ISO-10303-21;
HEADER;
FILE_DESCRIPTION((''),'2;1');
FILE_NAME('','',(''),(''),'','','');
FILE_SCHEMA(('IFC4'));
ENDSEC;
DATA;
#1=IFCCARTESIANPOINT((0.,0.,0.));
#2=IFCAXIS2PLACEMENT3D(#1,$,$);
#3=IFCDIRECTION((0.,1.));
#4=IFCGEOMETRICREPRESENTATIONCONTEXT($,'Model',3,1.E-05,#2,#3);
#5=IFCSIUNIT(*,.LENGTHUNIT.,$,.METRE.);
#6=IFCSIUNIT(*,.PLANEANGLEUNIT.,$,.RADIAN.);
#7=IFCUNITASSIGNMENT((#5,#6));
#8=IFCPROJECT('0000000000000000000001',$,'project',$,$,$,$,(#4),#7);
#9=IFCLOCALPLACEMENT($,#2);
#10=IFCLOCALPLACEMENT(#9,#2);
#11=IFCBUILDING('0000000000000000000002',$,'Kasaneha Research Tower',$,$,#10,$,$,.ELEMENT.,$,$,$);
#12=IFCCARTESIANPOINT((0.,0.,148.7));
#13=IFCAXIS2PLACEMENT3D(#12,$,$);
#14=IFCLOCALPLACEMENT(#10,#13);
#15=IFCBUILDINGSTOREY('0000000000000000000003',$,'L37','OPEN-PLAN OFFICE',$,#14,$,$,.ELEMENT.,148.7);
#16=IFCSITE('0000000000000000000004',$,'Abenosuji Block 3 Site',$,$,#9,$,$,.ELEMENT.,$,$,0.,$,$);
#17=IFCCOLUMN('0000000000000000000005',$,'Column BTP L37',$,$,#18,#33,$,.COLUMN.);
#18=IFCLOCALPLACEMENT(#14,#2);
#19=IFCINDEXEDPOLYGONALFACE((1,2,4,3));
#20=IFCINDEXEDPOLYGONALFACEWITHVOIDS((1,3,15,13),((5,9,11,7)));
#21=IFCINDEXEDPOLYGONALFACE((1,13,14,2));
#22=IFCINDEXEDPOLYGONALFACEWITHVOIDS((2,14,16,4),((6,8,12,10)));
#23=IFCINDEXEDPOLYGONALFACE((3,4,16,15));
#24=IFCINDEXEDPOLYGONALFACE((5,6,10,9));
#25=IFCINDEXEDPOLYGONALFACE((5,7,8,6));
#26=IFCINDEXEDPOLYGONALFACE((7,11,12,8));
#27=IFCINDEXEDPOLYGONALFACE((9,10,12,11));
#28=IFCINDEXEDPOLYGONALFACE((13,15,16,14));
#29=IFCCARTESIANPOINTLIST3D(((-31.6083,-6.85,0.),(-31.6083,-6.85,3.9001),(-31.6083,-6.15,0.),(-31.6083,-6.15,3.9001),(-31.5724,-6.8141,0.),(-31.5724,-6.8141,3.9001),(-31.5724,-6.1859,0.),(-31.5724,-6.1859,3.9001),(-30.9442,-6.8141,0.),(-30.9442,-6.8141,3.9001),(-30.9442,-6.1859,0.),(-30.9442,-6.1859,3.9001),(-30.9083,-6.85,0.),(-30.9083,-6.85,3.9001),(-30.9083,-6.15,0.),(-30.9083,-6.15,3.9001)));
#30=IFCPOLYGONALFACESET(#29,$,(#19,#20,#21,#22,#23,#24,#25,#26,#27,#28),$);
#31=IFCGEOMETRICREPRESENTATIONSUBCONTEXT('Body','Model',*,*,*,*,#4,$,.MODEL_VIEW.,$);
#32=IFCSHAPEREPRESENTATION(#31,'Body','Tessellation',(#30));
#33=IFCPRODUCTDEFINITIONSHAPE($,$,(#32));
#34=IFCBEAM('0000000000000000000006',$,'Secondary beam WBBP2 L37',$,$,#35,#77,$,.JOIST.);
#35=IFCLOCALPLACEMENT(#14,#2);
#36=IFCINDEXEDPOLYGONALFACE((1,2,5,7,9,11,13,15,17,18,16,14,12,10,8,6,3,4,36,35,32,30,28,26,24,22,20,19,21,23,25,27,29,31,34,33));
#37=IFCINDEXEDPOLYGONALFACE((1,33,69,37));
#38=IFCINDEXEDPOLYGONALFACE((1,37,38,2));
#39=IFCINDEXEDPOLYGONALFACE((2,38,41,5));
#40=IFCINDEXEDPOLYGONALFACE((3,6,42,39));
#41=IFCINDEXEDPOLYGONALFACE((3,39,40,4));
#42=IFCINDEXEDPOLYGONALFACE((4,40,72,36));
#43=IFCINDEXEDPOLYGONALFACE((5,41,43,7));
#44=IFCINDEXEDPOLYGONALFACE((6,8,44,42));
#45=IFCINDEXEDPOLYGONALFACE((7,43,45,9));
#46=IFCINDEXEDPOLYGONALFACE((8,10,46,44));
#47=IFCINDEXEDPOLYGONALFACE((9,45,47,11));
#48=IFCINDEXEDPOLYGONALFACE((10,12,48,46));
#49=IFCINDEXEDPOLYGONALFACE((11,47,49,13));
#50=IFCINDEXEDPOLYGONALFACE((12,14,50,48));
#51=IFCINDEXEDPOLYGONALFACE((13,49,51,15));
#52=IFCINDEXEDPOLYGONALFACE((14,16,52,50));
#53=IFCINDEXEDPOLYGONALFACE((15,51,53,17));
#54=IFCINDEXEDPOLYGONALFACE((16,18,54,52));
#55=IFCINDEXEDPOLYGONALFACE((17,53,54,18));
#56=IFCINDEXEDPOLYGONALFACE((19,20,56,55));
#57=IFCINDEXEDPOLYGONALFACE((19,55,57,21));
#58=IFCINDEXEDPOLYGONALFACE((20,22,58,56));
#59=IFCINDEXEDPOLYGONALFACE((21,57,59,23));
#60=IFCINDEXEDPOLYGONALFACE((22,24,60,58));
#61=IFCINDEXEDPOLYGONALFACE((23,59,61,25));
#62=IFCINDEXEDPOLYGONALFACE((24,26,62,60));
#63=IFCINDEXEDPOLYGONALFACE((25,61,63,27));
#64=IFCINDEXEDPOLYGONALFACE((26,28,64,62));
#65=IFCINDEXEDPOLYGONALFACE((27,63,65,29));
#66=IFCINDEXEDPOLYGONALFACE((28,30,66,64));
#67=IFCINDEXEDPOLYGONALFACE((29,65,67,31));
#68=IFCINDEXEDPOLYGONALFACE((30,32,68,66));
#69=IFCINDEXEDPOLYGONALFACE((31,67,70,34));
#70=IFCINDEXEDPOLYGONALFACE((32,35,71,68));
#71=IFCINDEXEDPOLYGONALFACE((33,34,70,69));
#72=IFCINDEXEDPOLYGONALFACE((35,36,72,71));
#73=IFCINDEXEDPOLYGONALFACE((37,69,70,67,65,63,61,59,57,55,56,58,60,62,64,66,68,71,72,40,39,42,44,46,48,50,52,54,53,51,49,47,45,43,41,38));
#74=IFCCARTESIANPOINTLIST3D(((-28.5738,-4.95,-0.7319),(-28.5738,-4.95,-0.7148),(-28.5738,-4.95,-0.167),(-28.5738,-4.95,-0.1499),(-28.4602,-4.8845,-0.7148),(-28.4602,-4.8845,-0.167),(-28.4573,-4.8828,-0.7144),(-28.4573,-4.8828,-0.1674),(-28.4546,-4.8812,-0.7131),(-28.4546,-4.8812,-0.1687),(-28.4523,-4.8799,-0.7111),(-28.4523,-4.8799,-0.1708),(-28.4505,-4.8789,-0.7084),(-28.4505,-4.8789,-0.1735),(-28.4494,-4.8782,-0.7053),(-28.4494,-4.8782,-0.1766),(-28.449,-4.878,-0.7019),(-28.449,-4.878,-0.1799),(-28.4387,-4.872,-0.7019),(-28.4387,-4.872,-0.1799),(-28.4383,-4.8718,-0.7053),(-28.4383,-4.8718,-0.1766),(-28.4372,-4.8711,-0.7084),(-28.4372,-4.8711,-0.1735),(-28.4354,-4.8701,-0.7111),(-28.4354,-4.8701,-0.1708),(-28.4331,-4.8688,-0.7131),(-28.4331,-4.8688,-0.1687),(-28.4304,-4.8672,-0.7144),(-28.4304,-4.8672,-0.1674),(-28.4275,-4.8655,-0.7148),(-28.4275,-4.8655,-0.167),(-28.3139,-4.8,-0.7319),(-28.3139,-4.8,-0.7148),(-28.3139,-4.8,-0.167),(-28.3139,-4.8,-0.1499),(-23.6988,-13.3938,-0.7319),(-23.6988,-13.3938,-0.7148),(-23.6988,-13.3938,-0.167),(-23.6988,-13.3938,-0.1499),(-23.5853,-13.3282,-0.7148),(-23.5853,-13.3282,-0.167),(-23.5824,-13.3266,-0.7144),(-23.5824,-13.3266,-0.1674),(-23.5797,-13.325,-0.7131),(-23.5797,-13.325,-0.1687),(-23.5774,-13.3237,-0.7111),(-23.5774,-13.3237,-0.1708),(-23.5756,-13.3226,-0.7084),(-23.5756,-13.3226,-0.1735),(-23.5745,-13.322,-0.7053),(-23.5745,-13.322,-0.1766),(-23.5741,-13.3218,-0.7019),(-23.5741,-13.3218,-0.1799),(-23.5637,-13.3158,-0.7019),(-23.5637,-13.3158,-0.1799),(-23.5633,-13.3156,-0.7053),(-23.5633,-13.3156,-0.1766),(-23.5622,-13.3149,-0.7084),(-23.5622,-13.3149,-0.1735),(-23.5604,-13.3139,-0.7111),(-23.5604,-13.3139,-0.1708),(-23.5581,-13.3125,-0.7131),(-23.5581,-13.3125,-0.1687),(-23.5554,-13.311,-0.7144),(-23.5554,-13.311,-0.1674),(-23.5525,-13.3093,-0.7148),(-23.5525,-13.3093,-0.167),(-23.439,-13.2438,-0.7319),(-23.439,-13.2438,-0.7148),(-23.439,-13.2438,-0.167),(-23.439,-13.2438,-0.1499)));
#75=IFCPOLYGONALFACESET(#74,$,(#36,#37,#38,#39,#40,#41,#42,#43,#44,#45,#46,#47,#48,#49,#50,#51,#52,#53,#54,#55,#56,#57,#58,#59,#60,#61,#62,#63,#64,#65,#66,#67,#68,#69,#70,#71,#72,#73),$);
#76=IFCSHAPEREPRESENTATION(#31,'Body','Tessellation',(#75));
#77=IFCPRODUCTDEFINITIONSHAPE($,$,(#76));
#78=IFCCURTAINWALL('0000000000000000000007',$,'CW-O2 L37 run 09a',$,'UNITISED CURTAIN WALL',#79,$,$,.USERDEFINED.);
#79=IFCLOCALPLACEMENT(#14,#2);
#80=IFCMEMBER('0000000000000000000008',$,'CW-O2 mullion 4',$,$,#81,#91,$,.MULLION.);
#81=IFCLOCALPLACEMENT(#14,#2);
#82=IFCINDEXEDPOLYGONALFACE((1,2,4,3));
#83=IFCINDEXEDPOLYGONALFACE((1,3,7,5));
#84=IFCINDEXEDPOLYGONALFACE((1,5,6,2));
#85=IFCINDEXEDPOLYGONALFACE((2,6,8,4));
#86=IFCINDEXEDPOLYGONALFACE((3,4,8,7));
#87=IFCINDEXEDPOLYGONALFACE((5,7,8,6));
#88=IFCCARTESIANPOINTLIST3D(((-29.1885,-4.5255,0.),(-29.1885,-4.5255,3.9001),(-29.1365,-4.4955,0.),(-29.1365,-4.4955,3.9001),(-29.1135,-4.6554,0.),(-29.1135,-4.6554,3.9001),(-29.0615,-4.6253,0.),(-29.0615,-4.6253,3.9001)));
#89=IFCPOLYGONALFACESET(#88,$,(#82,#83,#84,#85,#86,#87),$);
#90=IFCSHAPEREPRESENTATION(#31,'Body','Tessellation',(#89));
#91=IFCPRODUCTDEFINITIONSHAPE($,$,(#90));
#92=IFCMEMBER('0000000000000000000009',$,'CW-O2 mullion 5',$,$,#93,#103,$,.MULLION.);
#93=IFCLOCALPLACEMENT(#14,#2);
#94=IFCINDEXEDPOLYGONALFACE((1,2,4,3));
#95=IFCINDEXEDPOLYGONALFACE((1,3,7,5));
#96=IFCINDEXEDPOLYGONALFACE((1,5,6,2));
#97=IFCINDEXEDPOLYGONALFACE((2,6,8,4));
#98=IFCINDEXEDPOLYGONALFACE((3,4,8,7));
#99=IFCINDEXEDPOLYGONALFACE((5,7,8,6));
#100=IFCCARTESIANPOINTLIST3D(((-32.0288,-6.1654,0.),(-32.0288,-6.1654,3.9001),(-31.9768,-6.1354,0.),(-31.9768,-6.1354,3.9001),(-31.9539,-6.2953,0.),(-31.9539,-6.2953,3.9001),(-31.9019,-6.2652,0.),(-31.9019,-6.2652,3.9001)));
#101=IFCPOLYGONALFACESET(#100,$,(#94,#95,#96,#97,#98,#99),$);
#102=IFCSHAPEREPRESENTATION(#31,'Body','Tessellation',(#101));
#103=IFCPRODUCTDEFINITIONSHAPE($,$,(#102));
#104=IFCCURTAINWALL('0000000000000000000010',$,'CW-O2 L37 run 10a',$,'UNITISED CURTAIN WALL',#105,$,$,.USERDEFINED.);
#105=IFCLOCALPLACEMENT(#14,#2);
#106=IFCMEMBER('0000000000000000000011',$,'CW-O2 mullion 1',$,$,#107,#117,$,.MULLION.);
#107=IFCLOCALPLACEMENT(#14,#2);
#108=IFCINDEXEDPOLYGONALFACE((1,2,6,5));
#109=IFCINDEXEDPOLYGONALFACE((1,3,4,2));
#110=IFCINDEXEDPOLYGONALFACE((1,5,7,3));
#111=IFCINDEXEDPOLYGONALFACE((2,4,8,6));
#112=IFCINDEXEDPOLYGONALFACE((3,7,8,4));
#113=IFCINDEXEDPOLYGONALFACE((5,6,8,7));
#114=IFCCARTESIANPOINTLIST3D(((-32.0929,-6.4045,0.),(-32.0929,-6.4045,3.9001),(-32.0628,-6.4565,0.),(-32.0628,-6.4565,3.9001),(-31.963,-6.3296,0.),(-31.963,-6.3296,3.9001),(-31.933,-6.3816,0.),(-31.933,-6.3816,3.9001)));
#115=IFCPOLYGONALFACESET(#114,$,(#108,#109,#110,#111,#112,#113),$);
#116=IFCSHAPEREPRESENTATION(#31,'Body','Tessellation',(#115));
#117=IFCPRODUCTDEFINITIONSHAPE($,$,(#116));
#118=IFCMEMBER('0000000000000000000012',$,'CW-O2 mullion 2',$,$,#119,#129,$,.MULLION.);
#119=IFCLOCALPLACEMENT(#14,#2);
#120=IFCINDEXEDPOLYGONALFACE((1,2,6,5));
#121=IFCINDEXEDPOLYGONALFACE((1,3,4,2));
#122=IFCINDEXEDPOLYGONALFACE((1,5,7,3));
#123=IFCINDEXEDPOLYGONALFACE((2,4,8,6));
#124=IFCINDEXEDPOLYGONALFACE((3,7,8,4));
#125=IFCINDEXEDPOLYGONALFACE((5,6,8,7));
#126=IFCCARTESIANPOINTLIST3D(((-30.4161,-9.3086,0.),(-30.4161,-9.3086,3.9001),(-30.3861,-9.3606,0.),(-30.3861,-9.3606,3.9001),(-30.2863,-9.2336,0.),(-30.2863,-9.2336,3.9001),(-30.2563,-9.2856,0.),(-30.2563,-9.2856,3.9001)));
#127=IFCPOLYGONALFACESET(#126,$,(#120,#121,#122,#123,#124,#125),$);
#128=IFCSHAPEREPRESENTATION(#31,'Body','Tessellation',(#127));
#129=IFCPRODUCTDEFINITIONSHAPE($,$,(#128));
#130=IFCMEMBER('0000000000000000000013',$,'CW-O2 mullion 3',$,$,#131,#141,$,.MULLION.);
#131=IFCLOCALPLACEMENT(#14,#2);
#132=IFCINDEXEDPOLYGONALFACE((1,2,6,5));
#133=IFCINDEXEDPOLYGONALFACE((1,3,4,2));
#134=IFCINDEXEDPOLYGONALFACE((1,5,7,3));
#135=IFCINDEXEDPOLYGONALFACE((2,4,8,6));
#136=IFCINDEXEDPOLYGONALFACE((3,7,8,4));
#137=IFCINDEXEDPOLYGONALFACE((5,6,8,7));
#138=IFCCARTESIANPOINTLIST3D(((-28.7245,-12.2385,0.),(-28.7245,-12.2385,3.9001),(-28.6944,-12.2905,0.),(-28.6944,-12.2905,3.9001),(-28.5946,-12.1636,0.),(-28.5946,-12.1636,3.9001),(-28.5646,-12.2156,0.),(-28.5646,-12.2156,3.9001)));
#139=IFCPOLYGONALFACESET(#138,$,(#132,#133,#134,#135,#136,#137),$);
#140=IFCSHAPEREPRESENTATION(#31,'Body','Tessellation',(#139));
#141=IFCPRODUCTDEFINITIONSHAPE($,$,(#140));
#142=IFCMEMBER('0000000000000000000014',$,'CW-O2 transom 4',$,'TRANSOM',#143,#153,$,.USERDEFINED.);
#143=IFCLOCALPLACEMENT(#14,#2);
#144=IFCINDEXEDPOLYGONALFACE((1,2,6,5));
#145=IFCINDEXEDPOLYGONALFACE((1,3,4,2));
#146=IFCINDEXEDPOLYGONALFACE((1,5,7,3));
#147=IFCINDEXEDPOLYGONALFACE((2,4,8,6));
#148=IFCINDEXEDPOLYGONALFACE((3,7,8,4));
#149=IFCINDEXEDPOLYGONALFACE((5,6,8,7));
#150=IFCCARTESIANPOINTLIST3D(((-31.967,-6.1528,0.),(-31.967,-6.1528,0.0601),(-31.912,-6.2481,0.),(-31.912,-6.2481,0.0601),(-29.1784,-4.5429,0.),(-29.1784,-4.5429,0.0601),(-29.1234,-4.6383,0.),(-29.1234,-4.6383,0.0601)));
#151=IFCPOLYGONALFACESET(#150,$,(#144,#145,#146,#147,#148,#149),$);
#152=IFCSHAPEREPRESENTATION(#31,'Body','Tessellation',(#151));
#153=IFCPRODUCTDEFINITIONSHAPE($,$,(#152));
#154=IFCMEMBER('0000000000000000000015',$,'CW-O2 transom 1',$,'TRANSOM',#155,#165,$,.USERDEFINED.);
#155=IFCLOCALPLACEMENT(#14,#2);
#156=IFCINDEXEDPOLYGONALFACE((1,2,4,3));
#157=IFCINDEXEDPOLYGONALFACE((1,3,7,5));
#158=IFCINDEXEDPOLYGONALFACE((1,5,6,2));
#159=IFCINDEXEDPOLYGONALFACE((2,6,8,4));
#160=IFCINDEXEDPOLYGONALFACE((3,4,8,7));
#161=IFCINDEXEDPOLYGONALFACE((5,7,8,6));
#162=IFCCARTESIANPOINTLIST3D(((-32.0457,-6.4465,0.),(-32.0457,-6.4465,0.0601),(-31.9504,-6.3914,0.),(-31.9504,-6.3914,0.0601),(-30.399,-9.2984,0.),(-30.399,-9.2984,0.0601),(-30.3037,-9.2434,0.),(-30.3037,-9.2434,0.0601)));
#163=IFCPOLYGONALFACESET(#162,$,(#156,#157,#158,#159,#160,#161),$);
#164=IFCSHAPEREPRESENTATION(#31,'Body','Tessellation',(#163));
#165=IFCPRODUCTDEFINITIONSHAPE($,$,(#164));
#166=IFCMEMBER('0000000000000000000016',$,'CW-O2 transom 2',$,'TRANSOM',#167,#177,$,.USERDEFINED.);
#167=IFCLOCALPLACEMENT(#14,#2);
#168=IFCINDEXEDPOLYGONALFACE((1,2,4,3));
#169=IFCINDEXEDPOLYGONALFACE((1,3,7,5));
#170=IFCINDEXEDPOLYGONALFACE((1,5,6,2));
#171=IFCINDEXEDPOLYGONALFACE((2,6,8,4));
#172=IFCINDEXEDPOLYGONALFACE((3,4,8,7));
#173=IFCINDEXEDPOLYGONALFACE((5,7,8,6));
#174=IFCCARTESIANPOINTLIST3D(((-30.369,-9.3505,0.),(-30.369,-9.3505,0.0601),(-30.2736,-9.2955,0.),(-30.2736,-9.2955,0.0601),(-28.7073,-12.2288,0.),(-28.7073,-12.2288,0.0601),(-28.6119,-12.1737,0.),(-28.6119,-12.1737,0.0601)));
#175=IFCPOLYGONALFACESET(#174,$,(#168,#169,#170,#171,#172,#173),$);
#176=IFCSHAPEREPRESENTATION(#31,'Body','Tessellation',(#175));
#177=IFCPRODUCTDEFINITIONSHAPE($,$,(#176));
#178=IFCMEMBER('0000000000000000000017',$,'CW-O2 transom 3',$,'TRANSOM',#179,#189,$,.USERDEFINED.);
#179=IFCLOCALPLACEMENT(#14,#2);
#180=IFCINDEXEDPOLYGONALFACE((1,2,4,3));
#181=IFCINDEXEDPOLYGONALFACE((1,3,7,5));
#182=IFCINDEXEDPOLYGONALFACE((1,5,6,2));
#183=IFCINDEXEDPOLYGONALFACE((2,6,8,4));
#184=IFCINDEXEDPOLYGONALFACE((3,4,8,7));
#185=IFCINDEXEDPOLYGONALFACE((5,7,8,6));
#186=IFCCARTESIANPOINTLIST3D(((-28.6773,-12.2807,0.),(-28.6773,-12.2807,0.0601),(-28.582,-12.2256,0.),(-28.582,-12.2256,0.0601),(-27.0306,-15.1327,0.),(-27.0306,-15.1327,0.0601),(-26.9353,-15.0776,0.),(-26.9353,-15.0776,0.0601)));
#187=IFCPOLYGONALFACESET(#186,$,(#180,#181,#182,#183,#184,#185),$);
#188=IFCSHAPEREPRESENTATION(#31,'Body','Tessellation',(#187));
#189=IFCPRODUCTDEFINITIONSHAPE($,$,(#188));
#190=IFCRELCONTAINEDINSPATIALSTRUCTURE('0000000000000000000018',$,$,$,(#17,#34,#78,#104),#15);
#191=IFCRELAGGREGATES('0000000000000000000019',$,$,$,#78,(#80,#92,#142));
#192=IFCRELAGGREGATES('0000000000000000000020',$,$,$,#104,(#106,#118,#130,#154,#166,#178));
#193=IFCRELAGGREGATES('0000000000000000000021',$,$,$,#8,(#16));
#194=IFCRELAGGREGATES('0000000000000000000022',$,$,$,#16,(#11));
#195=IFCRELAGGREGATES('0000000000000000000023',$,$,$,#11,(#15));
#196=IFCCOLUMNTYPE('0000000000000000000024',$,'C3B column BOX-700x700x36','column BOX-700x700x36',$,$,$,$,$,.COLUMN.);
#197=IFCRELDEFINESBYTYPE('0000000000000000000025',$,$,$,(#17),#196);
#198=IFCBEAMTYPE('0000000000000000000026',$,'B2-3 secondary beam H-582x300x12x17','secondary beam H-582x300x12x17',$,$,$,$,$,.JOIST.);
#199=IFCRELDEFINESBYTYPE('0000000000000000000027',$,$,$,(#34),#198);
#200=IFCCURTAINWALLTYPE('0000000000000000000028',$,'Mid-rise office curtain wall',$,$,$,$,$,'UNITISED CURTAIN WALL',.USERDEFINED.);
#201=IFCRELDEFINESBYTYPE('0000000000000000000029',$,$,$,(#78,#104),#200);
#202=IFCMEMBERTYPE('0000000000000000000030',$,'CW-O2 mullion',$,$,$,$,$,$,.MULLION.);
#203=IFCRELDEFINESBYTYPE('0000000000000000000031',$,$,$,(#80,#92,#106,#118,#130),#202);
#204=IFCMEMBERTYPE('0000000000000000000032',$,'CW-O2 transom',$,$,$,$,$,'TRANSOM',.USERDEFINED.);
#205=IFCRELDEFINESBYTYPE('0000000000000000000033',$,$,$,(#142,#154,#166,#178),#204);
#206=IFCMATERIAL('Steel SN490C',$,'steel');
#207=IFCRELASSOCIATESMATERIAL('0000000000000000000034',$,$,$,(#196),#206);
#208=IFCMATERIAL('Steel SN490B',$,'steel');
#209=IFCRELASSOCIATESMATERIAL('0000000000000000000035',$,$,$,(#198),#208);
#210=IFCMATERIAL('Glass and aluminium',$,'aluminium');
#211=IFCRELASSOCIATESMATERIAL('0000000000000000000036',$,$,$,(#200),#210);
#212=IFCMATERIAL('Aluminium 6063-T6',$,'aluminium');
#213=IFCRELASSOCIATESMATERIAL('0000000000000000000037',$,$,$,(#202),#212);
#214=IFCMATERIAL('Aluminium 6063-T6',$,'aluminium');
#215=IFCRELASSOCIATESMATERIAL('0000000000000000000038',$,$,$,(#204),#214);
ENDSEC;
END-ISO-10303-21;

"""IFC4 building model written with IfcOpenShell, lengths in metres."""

from ifc_helpers import new_model, si_unit, direction, frame, origin, origin_2d, place, context, subcontext, project, spatial, rectangle, hollow_rectangle, i_section, extrude, material, material_profile, profile_set, type_object, element, aggregate, save


model = new_model("IFC4")

# Units and contexts
model_context = context("Model", 3, precision=1e-05, world=origin(), true_north=direction((0.0, 1.0)))
body_context = subcontext(model_context, "Body", "Model", "MODEL_VIEW")
ifc_project = project(units=[si_unit("LENGTHUNIT", "METRE"), si_unit("PLANEANGLEUNIT", "RADIAN")], contexts=[model_context])

# Site, building, storey
site_placement = place(None, origin())
site = spatial("IfcSite", under=ifc_project, at=site_placement, Name="Abenosuji Block 3 Site", CompositionType="ELEMENT", RefElevation=0.0)
building_placement = place(site_placement, origin())
building = spatial("IfcBuilding", under=site, at=building_placement, Name="Kasaneha Research Tower", CompositionType="ELEMENT")
storey_placement = place(building_placement, frame((0.0, 0.0, 148.7)))
storey = spatial("IfcBuildingStorey", under=building, at=storey_placement, Name="L37", Description="OPEN-PLAN OFFICE", CompositionType="ELEMENT", Elevation=148.7)

# Column
ifc_material_1 = material(Name="Steel SN490C", Category="steel")
ifc_material_profile_1 = material_profile(ifc_material_1, hollow_rectangle(XDim=0.7, YDim=0.7, WallThickness=0.0359, at=origin_2d()), Name="BOX-700x700x36")
ifc_profile_set_1 = profile_set([ifc_material_profile_1], Name="Steel SN490C")
column_type = type_object("IfcColumnType", Name="C3B column BOX-700x700x36", Description="column BOX-700x700x36", PredefinedType="COLUMN", material=ifc_profile_set_1)
column_placement = place(storey_placement, frame((-31.2583, -6.5, 0.0), z_axis=(0.0, 0.0, 1.0), x_axis=(1.0, 0.0, 0.0)))
element("IfcColumn", 1, at=column_placement, inside=storey, type_object=column_type, Name="Column BTP L37", PredefinedType="COLUMN", context=body_context, shape_type="SweptSolid", body=[
    extrude(hollow_rectangle(XDim=0.7, YDim=0.7, WallThickness=0.0359, at=origin_2d()), origin(), (0.0, 0.0, 1.0), 3.9001),
])

# Beam
ifc_material_2 = material(Name="Steel SN490B", Category="steel")
ifc_material_profile_2 = material_profile(ifc_material_2, i_section(OverallWidth=0.3, OverallDepth=0.582, WebThickness=0.012, FlangeThickness=0.0171, FilletRadius=0.0129, at=origin_2d()), Name="H-582x300x12x17")
ifc_profile_set_2 = profile_set([ifc_material_profile_2], Name="Steel SN490B")
beam_type_1 = type_object("IfcBeamType", Name="B2-3 secondary beam H-582x300x12x17", Description="secondary beam H-582x300x12x17", PredefinedType="JOIST", material=ifc_profile_set_2)
beam_1_placement = place(storey_placement, frame((-28.4438, -4.875, -0.4409), z_axis=(0.499996, -0.866028, 0.0), x_axis=(0.866028, 0.499996, 0.0)))
element("IfcBeam", 2, at=beam_1_placement, inside=storey, type_object=beam_type_1, Name="Secondary beam WBBP2 L37", PredefinedType="JOIST", context=body_context, shape_type="SweptSolid", body=[
    extrude(i_section(OverallWidth=0.3, OverallDepth=0.582, WebThickness=0.012, FlangeThickness=0.0171, FilletRadius=0.0129, at=origin_2d()), origin(), (0.0, 0.0, 1.0), 9.75),
])

# Curtain walls, members
ifc_material_3 = material(Name="Glass and aluminium", Category="aluminium")
curtain_wall_type = type_object("IfcCurtainWallType", Name="Mid-rise office curtain wall", ElementType="UNITISED CURTAIN WALL", PredefinedType="USERDEFINED", material=ifc_material_3)
curtain_wall_1_placement = place(storey_placement, origin())
curtain_wall_1 = element("IfcCurtainWall", 3, at=curtain_wall_1_placement, inside=storey, type_object=curtain_wall_type, Name="CW-O2 L37 run 09a", ObjectType="UNITISED CURTAIN WALL", PredefinedType="USERDEFINED")
ifc_material_4 = material(Name="Aluminium 6063-T6", Category="aluminium")
ifc_material_profile_3 = material_profile(ifc_material_4, rectangle(XDim=0.0601, YDim=0.1499, at=origin_2d()), Name="CW-O2 mullion 60x150")
ifc_profile_set_3 = profile_set([ifc_material_profile_3], Name="Aluminium 6063-T6")
member_type_1 = type_object("IfcMemberType", Name="CW-O2 mullion", PredefinedType="MULLION", material=ifc_profile_set_3)
member_1_placement = place(storey_placement, frame((-29.125, -4.5754, 0.0), z_axis=(0.0, 0.0, 1.0), x_axis=(-0.866025, -0.5, 0.0)))
member_1 = element("IfcMember", 4, at=member_1_placement, type_object=member_type_1, Name="CW-O2 mullion 4", PredefinedType="MULLION", context=body_context, shape_type="SweptSolid", body=[
    extrude(rectangle(XDim=0.0601, YDim=0.1499, at=origin_2d()), origin(), (0.0, 0.0, 1.0), 3.9001),
])
member_2_placement = place(storey_placement, frame((-31.9653, -6.2153, 0.0), z_axis=(0.0, 0.0, 1.0), x_axis=(-0.866025, -0.5, 0.0)))
member_2 = element("IfcMember", 5, at=member_2_placement, type_object=member_type_1, Name="CW-O2 mullion 5", PredefinedType="MULLION", context=body_context, shape_type="SweptSolid", body=[
    extrude(rectangle(XDim=0.0601, YDim=0.1499, at=origin_2d()), origin(), (0.0, 0.0, 1.0), 3.9001),
])
curtain_wall_2_placement = place(storey_placement, origin())
curtain_wall_2 = element("IfcCurtainWall", 6, at=curtain_wall_2_placement, inside=storey, type_object=curtain_wall_type, Name="CW-O2 L37 run 10a", ObjectType="UNITISED CURTAIN WALL", PredefinedType="USERDEFINED")
member_3_placement = place(storey_placement, frame((-32.0129, -6.3931, 0.0), z_axis=(0.0, 0.0, 1.0), x_axis=(0.5, -0.866025, 0.0)))
member_3 = element("IfcMember", 7, at=member_3_placement, type_object=member_type_1, Name="CW-O2 mullion 1", PredefinedType="MULLION", context=body_context, shape_type="SweptSolid", body=[
    extrude(rectangle(XDim=0.0601, YDim=0.1499, at=origin_2d()), origin(), (0.0, 0.0, 1.0), 3.9001),
])
member_4_placement = place(storey_placement, frame((-30.3362, -9.2971, 0.0), z_axis=(0.0, 0.0, 1.0), x_axis=(0.5, -0.866025, 0.0)))
member_4 = element("IfcMember", 8, at=member_4_placement, type_object=member_type_1, Name="CW-O2 mullion 2", PredefinedType="MULLION", context=body_context, shape_type="SweptSolid", body=[
    extrude(rectangle(XDim=0.0601, YDim=0.1499, at=origin_2d()), origin(), (0.0, 0.0, 1.0), 3.9001),
])
member_5_placement = place(storey_placement, frame((-28.6445, -12.2271, 0.0), z_axis=(0.0, 0.0, 1.0), x_axis=(0.5, -0.866025, 0.0)))
member_5 = element("IfcMember", 9, at=member_5_placement, type_object=member_type_1, Name="CW-O2 mullion 3", PredefinedType="MULLION", context=body_context, shape_type="SweptSolid", body=[
    extrude(rectangle(XDim=0.0601, YDim=0.1499, at=origin_2d()), origin(), (0.0, 0.0, 1.0), 3.9001),
])

# Members
ifc_material_5 = material(Name="Aluminium 6063-T6", Category="aluminium")
ifc_material_profile_4 = material_profile(ifc_material_5, rectangle(XDim=0.1101, YDim=0.0601, at=origin_2d()), Name="CW-O2 transom 110x60")
ifc_profile_set_4 = profile_set([ifc_material_profile_4], Name="Aluminium 6063-T6")
member_type_2 = type_object("IfcMemberType", Name="CW-O2 transom", ElementType="TRANSOM", PredefinedType="USERDEFINED", material=ifc_profile_set_4)
member_6_placement = place(storey_placement, frame((-29.1509, -4.5906, 0.03), z_axis=(-0.866042, -0.499972, 0.0), x_axis=(0.499972, -0.866042, 0.0)))
member_6 = element("IfcMember", 10, at=member_6_placement, type_object=member_type_2, Name="CW-O2 transom 4", ObjectType="TRANSOM", PredefinedType="USERDEFINED", context=body_context, shape_type="SweptSolid", body=[
    extrude(rectangle(XDim=0.1101, YDim=0.0601, at=origin_2d()), origin(), (0.0, 0.0, 1.0), 3.22),
])
member_7_placement = place(storey_placement, frame((-31.998, -6.4189, 0.03), z_axis=(0.500022, -0.866013, 0.0), x_axis=(0.866013, 0.500022, 0.0)))
member_7 = element("IfcMember", 11, at=member_7_placement, type_object=member_type_2, Name="CW-O2 transom 1", ObjectType="TRANSOM", PredefinedType="USERDEFINED", context=body_context, shape_type="SweptSolid", body=[
    extrude(rectangle(XDim=0.1101, YDim=0.0601, at=origin_2d()), origin(), (0.0, 0.0, 1.0), 3.2932),
])
member_8_placement = place(storey_placement, frame((-30.3213, -9.323, 0.03), z_axis=(0.499979, -0.866038, 0.0), x_axis=(0.866038, 0.499979, 0.0)))
member_8 = element("IfcMember", 12, at=member_8_placement, type_object=member_type_2, Name="CW-O2 transom 2", ObjectType="TRANSOM", PredefinedType="USERDEFINED", context=body_context, shape_type="SweptSolid", body=[
    extrude(rectangle(XDim=0.1101, YDim=0.0601, at=origin_2d()), origin(), (0.0, 0.0, 1.0), 3.3235),
])
member_9_placement = place(storey_placement, frame((-28.6296, -12.2532, 0.03), z_axis=(0.500022, -0.866013, 0.0), x_axis=(0.866013, 0.500022, 0.0)))
member_9 = element("IfcMember", 13, at=member_9_placement, type_object=member_type_2, Name="CW-O2 transom 3", ObjectType="TRANSOM", PredefinedType="USERDEFINED", context=body_context, shape_type="SweptSolid", body=[
    extrude(rectangle(XDim=0.1101, YDim=0.0601, at=origin_2d()), origin(), (0.0, 0.0, 1.0), 3.2932),
])

aggregate(curtain_wall_1, [member_1, member_2, member_6])
aggregate(curtain_wall_2, [member_3, member_4, member_5, member_7, member_8, member_9])

save(model, "model.ifc")
